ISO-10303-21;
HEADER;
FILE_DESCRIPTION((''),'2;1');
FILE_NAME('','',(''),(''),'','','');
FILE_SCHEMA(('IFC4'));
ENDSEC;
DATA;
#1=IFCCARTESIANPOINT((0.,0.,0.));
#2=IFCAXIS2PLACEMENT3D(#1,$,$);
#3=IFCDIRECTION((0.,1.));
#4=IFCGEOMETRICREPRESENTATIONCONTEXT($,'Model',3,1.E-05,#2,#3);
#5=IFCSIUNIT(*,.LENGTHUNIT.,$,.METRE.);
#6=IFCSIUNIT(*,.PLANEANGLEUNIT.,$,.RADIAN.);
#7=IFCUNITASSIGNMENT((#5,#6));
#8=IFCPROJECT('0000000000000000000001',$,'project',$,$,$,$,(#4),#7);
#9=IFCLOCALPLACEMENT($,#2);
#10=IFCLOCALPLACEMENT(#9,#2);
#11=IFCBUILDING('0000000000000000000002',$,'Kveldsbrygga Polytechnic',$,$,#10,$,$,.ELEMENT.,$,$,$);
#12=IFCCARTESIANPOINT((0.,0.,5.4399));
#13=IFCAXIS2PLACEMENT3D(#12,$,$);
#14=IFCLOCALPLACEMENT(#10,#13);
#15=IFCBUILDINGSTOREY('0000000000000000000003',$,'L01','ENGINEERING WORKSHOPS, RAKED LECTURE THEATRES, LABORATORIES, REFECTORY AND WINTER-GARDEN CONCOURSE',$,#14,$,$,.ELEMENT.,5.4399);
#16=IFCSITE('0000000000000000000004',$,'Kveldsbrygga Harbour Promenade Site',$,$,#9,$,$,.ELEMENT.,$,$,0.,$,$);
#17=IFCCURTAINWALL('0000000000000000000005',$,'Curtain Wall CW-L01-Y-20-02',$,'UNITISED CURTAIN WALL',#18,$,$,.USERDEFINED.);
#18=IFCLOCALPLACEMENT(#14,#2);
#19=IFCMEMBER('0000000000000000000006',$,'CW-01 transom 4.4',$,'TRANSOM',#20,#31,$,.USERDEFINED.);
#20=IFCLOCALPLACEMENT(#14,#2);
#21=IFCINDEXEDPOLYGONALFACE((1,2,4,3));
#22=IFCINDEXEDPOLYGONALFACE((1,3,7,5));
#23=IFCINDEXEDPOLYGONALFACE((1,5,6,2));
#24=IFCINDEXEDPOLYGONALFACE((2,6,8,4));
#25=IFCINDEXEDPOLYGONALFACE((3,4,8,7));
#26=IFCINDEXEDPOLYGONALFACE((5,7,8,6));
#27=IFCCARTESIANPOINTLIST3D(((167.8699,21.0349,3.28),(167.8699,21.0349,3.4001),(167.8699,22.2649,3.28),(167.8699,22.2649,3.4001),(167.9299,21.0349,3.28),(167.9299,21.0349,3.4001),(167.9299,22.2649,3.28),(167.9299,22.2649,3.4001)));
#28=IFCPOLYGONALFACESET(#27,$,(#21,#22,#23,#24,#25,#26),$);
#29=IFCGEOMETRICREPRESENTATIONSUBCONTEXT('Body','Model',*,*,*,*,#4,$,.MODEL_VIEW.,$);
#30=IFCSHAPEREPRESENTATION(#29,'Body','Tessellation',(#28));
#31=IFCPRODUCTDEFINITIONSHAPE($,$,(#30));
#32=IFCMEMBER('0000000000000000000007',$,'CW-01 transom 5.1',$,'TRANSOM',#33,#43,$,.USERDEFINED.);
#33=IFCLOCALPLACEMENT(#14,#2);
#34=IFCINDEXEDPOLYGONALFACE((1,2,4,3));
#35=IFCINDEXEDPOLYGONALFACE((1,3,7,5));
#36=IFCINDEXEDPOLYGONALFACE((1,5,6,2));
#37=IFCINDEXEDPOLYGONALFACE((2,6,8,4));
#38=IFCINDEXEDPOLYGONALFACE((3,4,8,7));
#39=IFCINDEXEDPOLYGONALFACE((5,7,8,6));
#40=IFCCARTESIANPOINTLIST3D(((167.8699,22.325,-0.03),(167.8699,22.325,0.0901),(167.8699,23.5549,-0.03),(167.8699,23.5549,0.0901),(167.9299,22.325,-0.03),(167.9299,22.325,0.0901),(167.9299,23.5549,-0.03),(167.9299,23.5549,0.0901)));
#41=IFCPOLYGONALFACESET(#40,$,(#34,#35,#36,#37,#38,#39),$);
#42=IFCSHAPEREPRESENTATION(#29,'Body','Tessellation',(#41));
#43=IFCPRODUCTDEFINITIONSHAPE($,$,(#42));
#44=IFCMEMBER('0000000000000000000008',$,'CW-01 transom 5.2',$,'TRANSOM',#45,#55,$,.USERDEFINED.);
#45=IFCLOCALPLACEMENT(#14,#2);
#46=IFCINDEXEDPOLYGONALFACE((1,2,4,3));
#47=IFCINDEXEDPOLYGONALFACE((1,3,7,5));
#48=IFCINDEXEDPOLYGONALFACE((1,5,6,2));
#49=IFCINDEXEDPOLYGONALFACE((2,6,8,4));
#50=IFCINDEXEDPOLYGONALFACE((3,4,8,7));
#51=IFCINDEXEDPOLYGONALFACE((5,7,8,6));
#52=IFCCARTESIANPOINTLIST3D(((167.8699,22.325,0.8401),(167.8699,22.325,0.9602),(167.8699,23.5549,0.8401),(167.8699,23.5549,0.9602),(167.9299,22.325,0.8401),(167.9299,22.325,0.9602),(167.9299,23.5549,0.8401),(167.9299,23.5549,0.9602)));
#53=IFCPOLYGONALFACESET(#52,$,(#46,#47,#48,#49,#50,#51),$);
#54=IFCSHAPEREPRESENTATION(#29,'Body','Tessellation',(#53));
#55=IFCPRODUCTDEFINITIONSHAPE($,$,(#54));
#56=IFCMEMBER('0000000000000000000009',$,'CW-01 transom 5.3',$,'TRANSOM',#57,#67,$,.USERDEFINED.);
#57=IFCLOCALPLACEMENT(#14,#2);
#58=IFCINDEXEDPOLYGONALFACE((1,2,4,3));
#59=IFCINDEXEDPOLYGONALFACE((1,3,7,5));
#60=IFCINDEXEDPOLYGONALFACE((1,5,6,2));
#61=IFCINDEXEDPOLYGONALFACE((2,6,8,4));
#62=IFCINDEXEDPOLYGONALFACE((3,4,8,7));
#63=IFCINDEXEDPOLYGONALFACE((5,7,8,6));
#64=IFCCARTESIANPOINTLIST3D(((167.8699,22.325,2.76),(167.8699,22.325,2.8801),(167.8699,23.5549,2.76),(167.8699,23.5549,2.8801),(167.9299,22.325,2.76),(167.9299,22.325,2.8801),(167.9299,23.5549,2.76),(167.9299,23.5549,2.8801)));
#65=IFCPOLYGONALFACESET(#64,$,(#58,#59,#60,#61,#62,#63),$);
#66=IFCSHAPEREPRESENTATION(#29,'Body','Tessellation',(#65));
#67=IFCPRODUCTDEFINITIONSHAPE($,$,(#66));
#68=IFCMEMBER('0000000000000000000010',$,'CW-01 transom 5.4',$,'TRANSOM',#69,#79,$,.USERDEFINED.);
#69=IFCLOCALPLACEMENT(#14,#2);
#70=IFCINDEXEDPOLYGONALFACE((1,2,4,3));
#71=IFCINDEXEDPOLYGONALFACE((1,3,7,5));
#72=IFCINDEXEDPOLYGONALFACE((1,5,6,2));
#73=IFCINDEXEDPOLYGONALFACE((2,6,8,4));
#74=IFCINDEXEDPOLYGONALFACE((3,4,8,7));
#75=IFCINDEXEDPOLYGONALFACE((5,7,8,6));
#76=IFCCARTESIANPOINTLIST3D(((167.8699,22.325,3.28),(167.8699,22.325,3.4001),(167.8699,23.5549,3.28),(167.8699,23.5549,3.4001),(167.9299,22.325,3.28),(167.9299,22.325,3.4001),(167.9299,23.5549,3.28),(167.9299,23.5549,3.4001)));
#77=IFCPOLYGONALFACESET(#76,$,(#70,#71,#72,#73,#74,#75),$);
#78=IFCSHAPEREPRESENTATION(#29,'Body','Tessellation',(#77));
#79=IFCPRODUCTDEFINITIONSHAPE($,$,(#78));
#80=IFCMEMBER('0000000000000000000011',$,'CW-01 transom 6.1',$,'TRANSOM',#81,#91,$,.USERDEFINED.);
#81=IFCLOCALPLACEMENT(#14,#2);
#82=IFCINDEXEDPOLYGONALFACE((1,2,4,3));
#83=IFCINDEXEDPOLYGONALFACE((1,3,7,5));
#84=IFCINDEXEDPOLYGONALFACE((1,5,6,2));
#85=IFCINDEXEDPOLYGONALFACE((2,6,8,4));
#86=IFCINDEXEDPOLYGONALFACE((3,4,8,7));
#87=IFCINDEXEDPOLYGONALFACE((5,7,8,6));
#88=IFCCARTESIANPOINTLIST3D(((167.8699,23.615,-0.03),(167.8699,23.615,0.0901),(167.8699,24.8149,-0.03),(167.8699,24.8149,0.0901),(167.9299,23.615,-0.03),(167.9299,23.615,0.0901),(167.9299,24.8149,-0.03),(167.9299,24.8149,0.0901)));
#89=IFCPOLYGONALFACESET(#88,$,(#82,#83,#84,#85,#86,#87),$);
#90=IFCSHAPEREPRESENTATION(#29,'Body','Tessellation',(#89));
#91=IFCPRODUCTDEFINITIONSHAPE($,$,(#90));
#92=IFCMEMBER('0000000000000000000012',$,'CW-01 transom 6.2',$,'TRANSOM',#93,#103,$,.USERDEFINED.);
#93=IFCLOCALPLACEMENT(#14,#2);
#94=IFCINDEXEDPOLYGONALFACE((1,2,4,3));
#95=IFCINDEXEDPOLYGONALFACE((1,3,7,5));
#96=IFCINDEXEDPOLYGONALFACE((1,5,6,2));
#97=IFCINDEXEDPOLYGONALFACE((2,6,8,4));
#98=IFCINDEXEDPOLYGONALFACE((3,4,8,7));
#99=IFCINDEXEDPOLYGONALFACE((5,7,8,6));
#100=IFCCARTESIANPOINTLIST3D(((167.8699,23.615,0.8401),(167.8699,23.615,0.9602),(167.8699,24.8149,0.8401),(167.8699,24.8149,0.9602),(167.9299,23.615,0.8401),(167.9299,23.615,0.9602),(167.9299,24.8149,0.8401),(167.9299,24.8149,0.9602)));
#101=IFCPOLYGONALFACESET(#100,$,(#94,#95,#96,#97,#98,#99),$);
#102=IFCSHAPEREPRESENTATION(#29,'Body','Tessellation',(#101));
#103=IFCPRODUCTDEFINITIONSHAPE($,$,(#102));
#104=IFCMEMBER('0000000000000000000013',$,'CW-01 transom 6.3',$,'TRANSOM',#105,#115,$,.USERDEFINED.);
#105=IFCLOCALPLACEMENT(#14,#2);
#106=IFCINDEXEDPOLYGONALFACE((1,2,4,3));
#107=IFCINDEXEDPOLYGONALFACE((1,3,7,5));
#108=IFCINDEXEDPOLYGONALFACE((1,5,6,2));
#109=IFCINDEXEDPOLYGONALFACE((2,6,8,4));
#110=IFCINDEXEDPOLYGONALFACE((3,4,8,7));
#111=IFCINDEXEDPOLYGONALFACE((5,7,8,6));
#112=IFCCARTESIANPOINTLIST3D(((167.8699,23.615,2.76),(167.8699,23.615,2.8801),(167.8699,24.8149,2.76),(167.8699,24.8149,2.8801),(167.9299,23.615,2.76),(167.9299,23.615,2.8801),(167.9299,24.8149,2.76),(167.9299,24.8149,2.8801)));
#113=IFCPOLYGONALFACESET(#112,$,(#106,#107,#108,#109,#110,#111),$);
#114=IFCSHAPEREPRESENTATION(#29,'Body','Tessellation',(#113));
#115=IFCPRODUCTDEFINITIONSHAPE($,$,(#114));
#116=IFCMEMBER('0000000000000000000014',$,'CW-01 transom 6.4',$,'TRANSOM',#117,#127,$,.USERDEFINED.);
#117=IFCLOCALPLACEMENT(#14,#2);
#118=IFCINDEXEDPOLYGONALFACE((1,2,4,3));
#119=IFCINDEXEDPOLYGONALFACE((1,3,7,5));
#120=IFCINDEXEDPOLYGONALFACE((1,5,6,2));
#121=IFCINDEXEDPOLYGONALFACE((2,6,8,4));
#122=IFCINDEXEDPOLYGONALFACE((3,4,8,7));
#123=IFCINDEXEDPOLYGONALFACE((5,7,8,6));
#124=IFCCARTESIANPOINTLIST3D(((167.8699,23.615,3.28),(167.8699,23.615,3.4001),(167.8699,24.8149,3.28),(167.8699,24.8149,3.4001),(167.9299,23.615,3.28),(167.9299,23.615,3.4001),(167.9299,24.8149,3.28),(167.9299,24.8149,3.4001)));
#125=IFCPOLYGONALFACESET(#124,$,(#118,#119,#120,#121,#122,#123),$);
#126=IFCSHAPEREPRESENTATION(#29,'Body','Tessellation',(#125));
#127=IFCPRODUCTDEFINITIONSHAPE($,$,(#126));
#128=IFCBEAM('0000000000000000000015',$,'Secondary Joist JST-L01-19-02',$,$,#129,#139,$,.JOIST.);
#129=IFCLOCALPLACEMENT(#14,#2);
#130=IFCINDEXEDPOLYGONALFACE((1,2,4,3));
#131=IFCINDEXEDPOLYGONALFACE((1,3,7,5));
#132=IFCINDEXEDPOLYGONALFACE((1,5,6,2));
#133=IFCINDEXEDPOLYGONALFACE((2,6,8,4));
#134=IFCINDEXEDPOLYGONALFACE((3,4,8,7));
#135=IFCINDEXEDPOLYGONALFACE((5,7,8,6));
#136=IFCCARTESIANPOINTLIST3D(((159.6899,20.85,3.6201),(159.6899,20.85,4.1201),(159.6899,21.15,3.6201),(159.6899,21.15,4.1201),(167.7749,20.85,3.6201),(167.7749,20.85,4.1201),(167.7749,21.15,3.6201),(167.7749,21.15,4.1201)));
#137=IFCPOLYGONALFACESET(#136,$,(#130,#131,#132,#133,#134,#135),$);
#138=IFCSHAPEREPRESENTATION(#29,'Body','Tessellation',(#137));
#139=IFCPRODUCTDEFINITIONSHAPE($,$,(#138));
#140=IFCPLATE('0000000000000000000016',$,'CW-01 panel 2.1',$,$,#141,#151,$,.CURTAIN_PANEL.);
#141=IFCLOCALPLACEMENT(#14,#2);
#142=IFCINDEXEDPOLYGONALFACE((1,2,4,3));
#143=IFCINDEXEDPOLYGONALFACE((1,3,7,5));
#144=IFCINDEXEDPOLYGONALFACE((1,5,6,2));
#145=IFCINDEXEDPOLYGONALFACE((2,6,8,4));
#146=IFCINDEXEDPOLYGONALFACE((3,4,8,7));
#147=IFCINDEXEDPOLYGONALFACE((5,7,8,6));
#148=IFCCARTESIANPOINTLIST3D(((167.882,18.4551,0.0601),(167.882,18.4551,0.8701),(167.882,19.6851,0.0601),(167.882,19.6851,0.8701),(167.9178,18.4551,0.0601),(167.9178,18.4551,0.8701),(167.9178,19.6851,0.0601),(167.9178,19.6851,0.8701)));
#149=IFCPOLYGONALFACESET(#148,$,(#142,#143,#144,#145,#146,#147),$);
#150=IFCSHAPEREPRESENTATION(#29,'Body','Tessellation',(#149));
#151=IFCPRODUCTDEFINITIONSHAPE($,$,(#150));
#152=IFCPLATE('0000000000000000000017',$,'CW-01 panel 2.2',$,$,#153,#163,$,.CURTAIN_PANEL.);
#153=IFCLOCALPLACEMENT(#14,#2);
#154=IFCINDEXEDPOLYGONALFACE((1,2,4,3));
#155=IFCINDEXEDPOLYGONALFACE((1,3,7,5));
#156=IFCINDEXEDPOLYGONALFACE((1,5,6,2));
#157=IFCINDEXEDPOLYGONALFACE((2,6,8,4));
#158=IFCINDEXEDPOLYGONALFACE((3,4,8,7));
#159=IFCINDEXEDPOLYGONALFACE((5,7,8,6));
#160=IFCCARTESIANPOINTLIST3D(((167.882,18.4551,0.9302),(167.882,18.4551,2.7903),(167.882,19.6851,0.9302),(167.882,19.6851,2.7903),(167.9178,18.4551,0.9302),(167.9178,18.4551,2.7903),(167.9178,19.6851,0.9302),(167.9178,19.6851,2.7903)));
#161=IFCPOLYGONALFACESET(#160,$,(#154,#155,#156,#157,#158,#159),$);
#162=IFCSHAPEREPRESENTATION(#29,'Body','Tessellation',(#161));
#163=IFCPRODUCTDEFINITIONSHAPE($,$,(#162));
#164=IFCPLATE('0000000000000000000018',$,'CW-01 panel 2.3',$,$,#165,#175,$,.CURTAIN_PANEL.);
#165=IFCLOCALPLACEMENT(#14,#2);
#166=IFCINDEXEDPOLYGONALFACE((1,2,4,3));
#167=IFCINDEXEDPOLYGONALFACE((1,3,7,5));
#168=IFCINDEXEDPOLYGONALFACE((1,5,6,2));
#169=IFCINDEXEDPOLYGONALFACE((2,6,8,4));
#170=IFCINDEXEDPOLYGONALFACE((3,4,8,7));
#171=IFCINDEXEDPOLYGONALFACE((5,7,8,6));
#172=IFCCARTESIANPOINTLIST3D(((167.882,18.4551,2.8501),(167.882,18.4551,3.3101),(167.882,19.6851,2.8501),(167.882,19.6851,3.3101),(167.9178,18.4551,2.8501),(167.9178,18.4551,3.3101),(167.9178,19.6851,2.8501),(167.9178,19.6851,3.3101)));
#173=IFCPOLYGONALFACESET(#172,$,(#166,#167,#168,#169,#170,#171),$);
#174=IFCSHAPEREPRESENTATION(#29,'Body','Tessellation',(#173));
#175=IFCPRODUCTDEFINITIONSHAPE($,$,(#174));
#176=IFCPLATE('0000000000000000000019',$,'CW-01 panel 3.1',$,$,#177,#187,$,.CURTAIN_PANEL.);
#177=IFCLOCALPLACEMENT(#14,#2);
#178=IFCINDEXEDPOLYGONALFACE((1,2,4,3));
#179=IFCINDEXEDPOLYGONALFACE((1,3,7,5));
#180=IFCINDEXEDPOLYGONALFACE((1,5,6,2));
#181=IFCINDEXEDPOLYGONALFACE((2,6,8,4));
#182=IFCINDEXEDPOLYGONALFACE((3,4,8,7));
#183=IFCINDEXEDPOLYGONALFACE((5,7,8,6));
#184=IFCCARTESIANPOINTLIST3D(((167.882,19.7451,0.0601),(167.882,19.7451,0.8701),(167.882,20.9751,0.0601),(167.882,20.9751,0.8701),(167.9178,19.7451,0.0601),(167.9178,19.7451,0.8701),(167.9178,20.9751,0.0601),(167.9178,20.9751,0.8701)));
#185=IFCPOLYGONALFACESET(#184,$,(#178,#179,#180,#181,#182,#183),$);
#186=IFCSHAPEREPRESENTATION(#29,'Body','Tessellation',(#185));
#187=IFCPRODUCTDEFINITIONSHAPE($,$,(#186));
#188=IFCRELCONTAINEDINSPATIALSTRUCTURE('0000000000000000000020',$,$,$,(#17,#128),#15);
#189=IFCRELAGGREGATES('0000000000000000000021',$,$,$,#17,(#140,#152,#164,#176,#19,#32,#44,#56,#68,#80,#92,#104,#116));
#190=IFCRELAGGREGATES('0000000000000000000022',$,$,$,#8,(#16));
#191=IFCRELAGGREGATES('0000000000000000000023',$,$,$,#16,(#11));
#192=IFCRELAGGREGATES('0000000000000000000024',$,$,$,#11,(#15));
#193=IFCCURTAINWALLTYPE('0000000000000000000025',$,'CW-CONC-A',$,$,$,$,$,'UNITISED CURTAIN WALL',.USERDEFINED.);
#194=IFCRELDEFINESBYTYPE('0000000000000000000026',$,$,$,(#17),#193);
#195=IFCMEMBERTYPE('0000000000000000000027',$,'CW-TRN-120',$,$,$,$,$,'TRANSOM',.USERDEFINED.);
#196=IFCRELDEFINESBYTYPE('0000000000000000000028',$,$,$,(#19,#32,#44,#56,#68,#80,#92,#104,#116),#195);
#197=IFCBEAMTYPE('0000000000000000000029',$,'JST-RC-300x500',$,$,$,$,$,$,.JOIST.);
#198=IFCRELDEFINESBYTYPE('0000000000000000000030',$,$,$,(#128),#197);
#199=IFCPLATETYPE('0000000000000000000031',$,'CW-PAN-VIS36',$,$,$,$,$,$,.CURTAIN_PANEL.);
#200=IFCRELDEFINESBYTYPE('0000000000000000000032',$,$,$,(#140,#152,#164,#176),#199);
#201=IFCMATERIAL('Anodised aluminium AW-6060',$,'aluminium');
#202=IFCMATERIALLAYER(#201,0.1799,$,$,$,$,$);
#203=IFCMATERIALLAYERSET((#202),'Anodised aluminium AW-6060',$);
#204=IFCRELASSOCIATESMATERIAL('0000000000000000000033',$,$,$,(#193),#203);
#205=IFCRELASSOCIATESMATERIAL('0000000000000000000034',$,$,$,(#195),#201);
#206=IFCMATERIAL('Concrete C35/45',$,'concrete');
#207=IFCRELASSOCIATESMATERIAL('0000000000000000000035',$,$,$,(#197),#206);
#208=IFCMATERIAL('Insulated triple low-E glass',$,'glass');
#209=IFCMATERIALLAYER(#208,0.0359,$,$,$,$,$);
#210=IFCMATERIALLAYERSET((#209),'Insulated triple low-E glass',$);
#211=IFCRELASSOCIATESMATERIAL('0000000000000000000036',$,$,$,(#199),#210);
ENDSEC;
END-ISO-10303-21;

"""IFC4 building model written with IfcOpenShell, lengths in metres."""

from ifc_helpers import new_model, si_unit, direction, frame, origin, origin_2d, place, context, subcontext, project, spatial, rectangle, extrude, material, layer, layer_set, material_profile, profile_set, type_object, element, aggregate, save


model = new_model("IFC4")

# Units and contexts
model_context = context("Model", 3, precision=1e-05, world=origin(), true_north=direction((0.0, 1.0)))
body_context = subcontext(model_context, "Body", "Model", "MODEL_VIEW")
ifc_project = project(units=[si_unit("LENGTHUNIT", "METRE"), si_unit("PLANEANGLEUNIT", "RADIAN")], contexts=[model_context])

# Site, building, storey
site_placement = place(None, origin())
site = spatial("IfcSite", under=ifc_project, at=site_placement, Name="Kveldsbrygga Harbour Promenade Site", CompositionType="ELEMENT", RefElevation=0.0)
building_placement = place(site_placement, origin())
building = spatial("IfcBuilding", under=site, at=building_placement, Name="Kveldsbrygga Polytechnic", CompositionType="ELEMENT")
storey_placement = place(building_placement, frame((0.0, 0.0, 5.4399)))
storey = spatial("IfcBuildingStorey", under=building, at=storey_placement, Name="L01", Description="ENGINEERING WORKSHOPS, RAKED LECTURE THEATRES, LABORATORIES, REFECTORY AND WINTER-GARDEN CONCOURSE", CompositionType="ELEMENT", Elevation=5.4399)

# Curtain wall, members
ifc_material_1 = material(Name="Anodised aluminium AW-6060", Category="aluminium")
ifc_layer_1 = layer(ifc_material_1, 0.1799)
ifc_layer_set_1 = layer_set([ifc_layer_1], Name="Anodised aluminium AW-6060")
curtain_wall_type = type_object("IfcCurtainWallType", Name="CW-CONC-A", ElementType="UNITISED CURTAIN WALL", PredefinedType="USERDEFINED", material=ifc_layer_set_1)
curtain_wall_placement = place(storey_placement, origin())
curtain_wall = element("IfcCurtainWall", 1, at=curtain_wall_placement, inside=storey, type_object=curtain_wall_type, Name="Curtain Wall CW-L01-Y-20-02", ObjectType="UNITISED CURTAIN WALL", PredefinedType="USERDEFINED")
ifc_material_profile_1 = material_profile(ifc_material_1, rectangle(XDim=0.0601, YDim=0.1201, at=origin_2d()), Name="ALU 60x120")
ifc_profile_set_1 = profile_set([ifc_material_profile_1], Name="Anodised aluminium AW-6060")
member_type_1 = type_object("IfcMemberType", Name="CW-TRN-120", ElementType="TRANSOM", PredefinedType="USERDEFINED", material=ifc_profile_set_1)
member_1_placement = place(storey_placement, frame((167.8999, 21.0349, 3.3401), z_axis=(0.0, 1.0, 0.0), x_axis=(-1.0, 0.0, 0.0)))
member_1 = element("IfcMember", 2, at=member_1_placement, type_object=member_type_1, Name="CW-01 transom 4.4", ObjectType="TRANSOM", PredefinedType="USERDEFINED", context=body_context, shape_type="SweptSolid", body=[
    extrude(rectangle(XDim=0.0601, YDim=0.1201, at=origin_2d()), origin(), (0.0, 0.0, 1.0), 1.23),
])
member_2_placement = place(storey_placement, frame((167.8999, 22.325, 0.03), z_axis=(0.0, 1.0, 0.0), x_axis=(-1.0, 0.0, 0.0)))
member_2 = element("IfcMember", 3, at=member_2_placement, type_object=member_type_1, Name="CW-01 transom 5.1", ObjectType="TRANSOM", PredefinedType="USERDEFINED", context=body_context, shape_type="SweptSolid", body=[
    extrude(rectangle(XDim=0.0601, YDim=0.1201, at=origin_2d()), origin(), (0.0, 0.0, 1.0), 1.23),
])
member_3_placement = place(storey_placement, frame((167.8999, 22.325, 0.9001), z_axis=(0.0, 1.0, 0.0), x_axis=(-1.0, 0.0, 0.0)))
member_3 = element("IfcMember", 4, at=member_3_placement, type_object=member_type_1, Name="CW-01 transom 5.2", ObjectType="TRANSOM", PredefinedType="USERDEFINED", context=body_context, shape_type="SweptSolid", body=[
    extrude(rectangle(XDim=0.0601, YDim=0.1201, at=origin_2d()), origin(), (0.0, 0.0, 1.0), 1.23),
])
member_4_placement = place(storey_placement, frame((167.8999, 22.325, 2.8201), z_axis=(0.0, 1.0, 0.0), x_axis=(-1.0, 0.0, 0.0)))
member_4 = element("IfcMember", 5, at=member_4_placement, type_object=member_type_1, Name="CW-01 transom 5.3", ObjectType="TRANSOM", PredefinedType="USERDEFINED", context=body_context, shape_type="SweptSolid", body=[
    extrude(rectangle(XDim=0.0601, YDim=0.1201, at=origin_2d()), origin(), (0.0, 0.0, 1.0), 1.23),
])
member_5_placement = place(storey_placement, frame((167.8999, 22.325, 3.3401), z_axis=(0.0, 1.0, 0.0), x_axis=(-1.0, 0.0, 0.0)))
member_5 = element("IfcMember", 6, at=member_5_placement, type_object=member_type_1, Name="CW-01 transom 5.4", ObjectType="TRANSOM", PredefinedType="USERDEFINED", context=body_context, shape_type="SweptSolid", body=[
    extrude(rectangle(XDim=0.0601, YDim=0.1201, at=origin_2d()), origin(), (0.0, 0.0, 1.0), 1.23),
])
member_6_placement = place(storey_placement, frame((167.8999, 23.615, 0.03), z_axis=(0.0, 1.0, 0.0), x_axis=(-1.0, 0.0, 0.0)))
member_6 = element("IfcMember", 7, at=member_6_placement, type_object=member_type_1, Name="CW-01 transom 6.1", ObjectType="TRANSOM", PredefinedType="USERDEFINED", context=body_context, shape_type="SweptSolid", body=[
    extrude(rectangle(XDim=0.0601, YDim=0.1201, at=origin_2d()), origin(), (0.0, 0.0, 1.0), 1.2),
])
member_7_placement = place(storey_placement, frame((167.8999, 23.615, 0.9001), z_axis=(0.0, 1.0, 0.0), x_axis=(-1.0, 0.0, 0.0)))
member_7 = element("IfcMember", 8, at=member_7_placement, type_object=member_type_1, Name="CW-01 transom 6.2", ObjectType="TRANSOM", PredefinedType="USERDEFINED", context=body_context, shape_type="SweptSolid", body=[
    extrude(rectangle(XDim=0.0601, YDim=0.1201, at=origin_2d()), origin(), (0.0, 0.0, 1.0), 1.2),
])
member_8_placement = place(storey_placement, frame((167.8999, 23.615, 2.8201), z_axis=(0.0, 1.0, 0.0), x_axis=(-1.0, 0.0, 0.0)))
member_8 = element("IfcMember", 9, at=member_8_placement, type_object=member_type_1, Name="CW-01 transom 6.3", ObjectType="TRANSOM", PredefinedType="USERDEFINED", context=body_context, shape_type="SweptSolid", body=[
    extrude(rectangle(XDim=0.0601, YDim=0.1201, at=origin_2d()), origin(), (0.0, 0.0, 1.0), 1.2),
])
member_9_placement = place(storey_placement, frame((167.8999, 23.615, 3.3401), z_axis=(0.0, 1.0, 0.0), x_axis=(-1.0, 0.0, 0.0)))
member_9 = element("IfcMember", 10, at=member_9_placement, type_object=member_type_1, Name="CW-01 transom 6.4", ObjectType="TRANSOM", PredefinedType="USERDEFINED", context=body_context, shape_type="SweptSolid", body=[
    extrude(rectangle(XDim=0.0601, YDim=0.1201, at=origin_2d()), origin(), (0.0, 0.0, 1.0), 1.2),
])

# Beam
ifc_material_2 = material(Name="Concrete C35/45", Category="concrete")
ifc_material_profile_2 = material_profile(ifc_material_2, rectangle(XDim=0.3, YDim=0.5, at=origin_2d()), Name="RC 300x500")
ifc_profile_set_2 = profile_set([ifc_material_profile_2], Name="Concrete C35/45")
beam_type = type_object("IfcBeamType", Name="JST-RC-300x500", PredefinedType="JOIST", material=ifc_profile_set_2)
beam_placement = place(storey_placement, frame((159.6899, 21.0, 3.8701), z_axis=(1.0, 0.0, 0.0), x_axis=(0.0, 1.0, 0.0)))
element("IfcBeam", 11, at=beam_placement, inside=storey, type_object=beam_type, Name="Secondary Joist JST-L01-19-02", PredefinedType="JOIST", context=body_context, shape_type="SweptSolid", body=[
    extrude(rectangle(XDim=0.3, YDim=0.5, at=origin_2d()), origin(), (0.0, 0.0, 1.0), 8.085),
])

# Plates
ifc_material_3 = material(Name="Insulated triple low-E glass", Category="glass")
ifc_layer_2 = layer(ifc_material_3, 0.0359)
ifc_layer_set_2 = layer_set([ifc_layer_2], Name="Insulated triple low-E glass")
plate_type = type_object("IfcPlateType", Name="CW-PAN-VIS36", PredefinedType="CURTAIN_PANEL", material=ifc_layer_set_2)
plate_1_placement = place(storey_placement, frame((167.8999, 19.0701, 0.0601), z_axis=(0.0, 0.0, 1.0), x_axis=(0.0, 1.0, 0.0)))
plate_1 = element("IfcPlate", 12, at=plate_1_placement, type_object=plate_type, Name="CW-01 panel 2.1", PredefinedType="CURTAIN_PANEL", context=body_context, shape_type="SweptSolid", body=[
    extrude(rectangle(XDim=1.23, YDim=0.0359, at=origin_2d()), origin(), (0.0, 0.0, 1.0), 0.8101),
])
plate_2_placement = place(storey_placement, frame((167.8999, 19.0701, 0.9302), z_axis=(0.0, 0.0, 1.0), x_axis=(0.0, 1.0, 0.0)))
plate_2 = element("IfcPlate", 13, at=plate_2_placement, type_object=plate_type, Name="CW-01 panel 2.2", PredefinedType="CURTAIN_PANEL", context=body_context, shape_type="SweptSolid", body=[
    extrude(rectangle(XDim=1.23, YDim=0.0359, at=origin_2d()), origin(), (0.0, 0.0, 1.0), 1.8601),
])
plate_3_placement = place(storey_placement, frame((167.8999, 19.0701, 2.8501), z_axis=(0.0, 0.0, 1.0), x_axis=(0.0, 1.0, 0.0)))
plate_3 = element("IfcPlate", 14, at=plate_3_placement, type_object=plate_type, Name="CW-01 panel 2.3", PredefinedType="CURTAIN_PANEL", context=body_context, shape_type="SweptSolid", body=[
    extrude(rectangle(XDim=1.23, YDim=0.0359, at=origin_2d()), origin(), (0.0, 0.0, 1.0), 0.46),
])
plate_4_placement = place(storey_placement, frame((167.8999, 20.3601, 0.0601), z_axis=(0.0, 0.0, 1.0), x_axis=(0.0, 1.0, 0.0)))
plate_4 = element("IfcPlate", 15, at=plate_4_placement, type_object=plate_type, Name="CW-01 panel 3.1", PredefinedType="CURTAIN_PANEL", context=body_context, shape_type="SweptSolid", body=[
    extrude(rectangle(XDim=1.23, YDim=0.0359, at=origin_2d()), origin(), (0.0, 0.0, 1.0), 0.8101),
])
aggregate(curtain_wall, [plate_1, plate_2, plate_3, plate_4, member_1, member_2, member_3, member_4, member_5, member_6, member_7, member_8, member_9])

save(model, "model.ifc")
